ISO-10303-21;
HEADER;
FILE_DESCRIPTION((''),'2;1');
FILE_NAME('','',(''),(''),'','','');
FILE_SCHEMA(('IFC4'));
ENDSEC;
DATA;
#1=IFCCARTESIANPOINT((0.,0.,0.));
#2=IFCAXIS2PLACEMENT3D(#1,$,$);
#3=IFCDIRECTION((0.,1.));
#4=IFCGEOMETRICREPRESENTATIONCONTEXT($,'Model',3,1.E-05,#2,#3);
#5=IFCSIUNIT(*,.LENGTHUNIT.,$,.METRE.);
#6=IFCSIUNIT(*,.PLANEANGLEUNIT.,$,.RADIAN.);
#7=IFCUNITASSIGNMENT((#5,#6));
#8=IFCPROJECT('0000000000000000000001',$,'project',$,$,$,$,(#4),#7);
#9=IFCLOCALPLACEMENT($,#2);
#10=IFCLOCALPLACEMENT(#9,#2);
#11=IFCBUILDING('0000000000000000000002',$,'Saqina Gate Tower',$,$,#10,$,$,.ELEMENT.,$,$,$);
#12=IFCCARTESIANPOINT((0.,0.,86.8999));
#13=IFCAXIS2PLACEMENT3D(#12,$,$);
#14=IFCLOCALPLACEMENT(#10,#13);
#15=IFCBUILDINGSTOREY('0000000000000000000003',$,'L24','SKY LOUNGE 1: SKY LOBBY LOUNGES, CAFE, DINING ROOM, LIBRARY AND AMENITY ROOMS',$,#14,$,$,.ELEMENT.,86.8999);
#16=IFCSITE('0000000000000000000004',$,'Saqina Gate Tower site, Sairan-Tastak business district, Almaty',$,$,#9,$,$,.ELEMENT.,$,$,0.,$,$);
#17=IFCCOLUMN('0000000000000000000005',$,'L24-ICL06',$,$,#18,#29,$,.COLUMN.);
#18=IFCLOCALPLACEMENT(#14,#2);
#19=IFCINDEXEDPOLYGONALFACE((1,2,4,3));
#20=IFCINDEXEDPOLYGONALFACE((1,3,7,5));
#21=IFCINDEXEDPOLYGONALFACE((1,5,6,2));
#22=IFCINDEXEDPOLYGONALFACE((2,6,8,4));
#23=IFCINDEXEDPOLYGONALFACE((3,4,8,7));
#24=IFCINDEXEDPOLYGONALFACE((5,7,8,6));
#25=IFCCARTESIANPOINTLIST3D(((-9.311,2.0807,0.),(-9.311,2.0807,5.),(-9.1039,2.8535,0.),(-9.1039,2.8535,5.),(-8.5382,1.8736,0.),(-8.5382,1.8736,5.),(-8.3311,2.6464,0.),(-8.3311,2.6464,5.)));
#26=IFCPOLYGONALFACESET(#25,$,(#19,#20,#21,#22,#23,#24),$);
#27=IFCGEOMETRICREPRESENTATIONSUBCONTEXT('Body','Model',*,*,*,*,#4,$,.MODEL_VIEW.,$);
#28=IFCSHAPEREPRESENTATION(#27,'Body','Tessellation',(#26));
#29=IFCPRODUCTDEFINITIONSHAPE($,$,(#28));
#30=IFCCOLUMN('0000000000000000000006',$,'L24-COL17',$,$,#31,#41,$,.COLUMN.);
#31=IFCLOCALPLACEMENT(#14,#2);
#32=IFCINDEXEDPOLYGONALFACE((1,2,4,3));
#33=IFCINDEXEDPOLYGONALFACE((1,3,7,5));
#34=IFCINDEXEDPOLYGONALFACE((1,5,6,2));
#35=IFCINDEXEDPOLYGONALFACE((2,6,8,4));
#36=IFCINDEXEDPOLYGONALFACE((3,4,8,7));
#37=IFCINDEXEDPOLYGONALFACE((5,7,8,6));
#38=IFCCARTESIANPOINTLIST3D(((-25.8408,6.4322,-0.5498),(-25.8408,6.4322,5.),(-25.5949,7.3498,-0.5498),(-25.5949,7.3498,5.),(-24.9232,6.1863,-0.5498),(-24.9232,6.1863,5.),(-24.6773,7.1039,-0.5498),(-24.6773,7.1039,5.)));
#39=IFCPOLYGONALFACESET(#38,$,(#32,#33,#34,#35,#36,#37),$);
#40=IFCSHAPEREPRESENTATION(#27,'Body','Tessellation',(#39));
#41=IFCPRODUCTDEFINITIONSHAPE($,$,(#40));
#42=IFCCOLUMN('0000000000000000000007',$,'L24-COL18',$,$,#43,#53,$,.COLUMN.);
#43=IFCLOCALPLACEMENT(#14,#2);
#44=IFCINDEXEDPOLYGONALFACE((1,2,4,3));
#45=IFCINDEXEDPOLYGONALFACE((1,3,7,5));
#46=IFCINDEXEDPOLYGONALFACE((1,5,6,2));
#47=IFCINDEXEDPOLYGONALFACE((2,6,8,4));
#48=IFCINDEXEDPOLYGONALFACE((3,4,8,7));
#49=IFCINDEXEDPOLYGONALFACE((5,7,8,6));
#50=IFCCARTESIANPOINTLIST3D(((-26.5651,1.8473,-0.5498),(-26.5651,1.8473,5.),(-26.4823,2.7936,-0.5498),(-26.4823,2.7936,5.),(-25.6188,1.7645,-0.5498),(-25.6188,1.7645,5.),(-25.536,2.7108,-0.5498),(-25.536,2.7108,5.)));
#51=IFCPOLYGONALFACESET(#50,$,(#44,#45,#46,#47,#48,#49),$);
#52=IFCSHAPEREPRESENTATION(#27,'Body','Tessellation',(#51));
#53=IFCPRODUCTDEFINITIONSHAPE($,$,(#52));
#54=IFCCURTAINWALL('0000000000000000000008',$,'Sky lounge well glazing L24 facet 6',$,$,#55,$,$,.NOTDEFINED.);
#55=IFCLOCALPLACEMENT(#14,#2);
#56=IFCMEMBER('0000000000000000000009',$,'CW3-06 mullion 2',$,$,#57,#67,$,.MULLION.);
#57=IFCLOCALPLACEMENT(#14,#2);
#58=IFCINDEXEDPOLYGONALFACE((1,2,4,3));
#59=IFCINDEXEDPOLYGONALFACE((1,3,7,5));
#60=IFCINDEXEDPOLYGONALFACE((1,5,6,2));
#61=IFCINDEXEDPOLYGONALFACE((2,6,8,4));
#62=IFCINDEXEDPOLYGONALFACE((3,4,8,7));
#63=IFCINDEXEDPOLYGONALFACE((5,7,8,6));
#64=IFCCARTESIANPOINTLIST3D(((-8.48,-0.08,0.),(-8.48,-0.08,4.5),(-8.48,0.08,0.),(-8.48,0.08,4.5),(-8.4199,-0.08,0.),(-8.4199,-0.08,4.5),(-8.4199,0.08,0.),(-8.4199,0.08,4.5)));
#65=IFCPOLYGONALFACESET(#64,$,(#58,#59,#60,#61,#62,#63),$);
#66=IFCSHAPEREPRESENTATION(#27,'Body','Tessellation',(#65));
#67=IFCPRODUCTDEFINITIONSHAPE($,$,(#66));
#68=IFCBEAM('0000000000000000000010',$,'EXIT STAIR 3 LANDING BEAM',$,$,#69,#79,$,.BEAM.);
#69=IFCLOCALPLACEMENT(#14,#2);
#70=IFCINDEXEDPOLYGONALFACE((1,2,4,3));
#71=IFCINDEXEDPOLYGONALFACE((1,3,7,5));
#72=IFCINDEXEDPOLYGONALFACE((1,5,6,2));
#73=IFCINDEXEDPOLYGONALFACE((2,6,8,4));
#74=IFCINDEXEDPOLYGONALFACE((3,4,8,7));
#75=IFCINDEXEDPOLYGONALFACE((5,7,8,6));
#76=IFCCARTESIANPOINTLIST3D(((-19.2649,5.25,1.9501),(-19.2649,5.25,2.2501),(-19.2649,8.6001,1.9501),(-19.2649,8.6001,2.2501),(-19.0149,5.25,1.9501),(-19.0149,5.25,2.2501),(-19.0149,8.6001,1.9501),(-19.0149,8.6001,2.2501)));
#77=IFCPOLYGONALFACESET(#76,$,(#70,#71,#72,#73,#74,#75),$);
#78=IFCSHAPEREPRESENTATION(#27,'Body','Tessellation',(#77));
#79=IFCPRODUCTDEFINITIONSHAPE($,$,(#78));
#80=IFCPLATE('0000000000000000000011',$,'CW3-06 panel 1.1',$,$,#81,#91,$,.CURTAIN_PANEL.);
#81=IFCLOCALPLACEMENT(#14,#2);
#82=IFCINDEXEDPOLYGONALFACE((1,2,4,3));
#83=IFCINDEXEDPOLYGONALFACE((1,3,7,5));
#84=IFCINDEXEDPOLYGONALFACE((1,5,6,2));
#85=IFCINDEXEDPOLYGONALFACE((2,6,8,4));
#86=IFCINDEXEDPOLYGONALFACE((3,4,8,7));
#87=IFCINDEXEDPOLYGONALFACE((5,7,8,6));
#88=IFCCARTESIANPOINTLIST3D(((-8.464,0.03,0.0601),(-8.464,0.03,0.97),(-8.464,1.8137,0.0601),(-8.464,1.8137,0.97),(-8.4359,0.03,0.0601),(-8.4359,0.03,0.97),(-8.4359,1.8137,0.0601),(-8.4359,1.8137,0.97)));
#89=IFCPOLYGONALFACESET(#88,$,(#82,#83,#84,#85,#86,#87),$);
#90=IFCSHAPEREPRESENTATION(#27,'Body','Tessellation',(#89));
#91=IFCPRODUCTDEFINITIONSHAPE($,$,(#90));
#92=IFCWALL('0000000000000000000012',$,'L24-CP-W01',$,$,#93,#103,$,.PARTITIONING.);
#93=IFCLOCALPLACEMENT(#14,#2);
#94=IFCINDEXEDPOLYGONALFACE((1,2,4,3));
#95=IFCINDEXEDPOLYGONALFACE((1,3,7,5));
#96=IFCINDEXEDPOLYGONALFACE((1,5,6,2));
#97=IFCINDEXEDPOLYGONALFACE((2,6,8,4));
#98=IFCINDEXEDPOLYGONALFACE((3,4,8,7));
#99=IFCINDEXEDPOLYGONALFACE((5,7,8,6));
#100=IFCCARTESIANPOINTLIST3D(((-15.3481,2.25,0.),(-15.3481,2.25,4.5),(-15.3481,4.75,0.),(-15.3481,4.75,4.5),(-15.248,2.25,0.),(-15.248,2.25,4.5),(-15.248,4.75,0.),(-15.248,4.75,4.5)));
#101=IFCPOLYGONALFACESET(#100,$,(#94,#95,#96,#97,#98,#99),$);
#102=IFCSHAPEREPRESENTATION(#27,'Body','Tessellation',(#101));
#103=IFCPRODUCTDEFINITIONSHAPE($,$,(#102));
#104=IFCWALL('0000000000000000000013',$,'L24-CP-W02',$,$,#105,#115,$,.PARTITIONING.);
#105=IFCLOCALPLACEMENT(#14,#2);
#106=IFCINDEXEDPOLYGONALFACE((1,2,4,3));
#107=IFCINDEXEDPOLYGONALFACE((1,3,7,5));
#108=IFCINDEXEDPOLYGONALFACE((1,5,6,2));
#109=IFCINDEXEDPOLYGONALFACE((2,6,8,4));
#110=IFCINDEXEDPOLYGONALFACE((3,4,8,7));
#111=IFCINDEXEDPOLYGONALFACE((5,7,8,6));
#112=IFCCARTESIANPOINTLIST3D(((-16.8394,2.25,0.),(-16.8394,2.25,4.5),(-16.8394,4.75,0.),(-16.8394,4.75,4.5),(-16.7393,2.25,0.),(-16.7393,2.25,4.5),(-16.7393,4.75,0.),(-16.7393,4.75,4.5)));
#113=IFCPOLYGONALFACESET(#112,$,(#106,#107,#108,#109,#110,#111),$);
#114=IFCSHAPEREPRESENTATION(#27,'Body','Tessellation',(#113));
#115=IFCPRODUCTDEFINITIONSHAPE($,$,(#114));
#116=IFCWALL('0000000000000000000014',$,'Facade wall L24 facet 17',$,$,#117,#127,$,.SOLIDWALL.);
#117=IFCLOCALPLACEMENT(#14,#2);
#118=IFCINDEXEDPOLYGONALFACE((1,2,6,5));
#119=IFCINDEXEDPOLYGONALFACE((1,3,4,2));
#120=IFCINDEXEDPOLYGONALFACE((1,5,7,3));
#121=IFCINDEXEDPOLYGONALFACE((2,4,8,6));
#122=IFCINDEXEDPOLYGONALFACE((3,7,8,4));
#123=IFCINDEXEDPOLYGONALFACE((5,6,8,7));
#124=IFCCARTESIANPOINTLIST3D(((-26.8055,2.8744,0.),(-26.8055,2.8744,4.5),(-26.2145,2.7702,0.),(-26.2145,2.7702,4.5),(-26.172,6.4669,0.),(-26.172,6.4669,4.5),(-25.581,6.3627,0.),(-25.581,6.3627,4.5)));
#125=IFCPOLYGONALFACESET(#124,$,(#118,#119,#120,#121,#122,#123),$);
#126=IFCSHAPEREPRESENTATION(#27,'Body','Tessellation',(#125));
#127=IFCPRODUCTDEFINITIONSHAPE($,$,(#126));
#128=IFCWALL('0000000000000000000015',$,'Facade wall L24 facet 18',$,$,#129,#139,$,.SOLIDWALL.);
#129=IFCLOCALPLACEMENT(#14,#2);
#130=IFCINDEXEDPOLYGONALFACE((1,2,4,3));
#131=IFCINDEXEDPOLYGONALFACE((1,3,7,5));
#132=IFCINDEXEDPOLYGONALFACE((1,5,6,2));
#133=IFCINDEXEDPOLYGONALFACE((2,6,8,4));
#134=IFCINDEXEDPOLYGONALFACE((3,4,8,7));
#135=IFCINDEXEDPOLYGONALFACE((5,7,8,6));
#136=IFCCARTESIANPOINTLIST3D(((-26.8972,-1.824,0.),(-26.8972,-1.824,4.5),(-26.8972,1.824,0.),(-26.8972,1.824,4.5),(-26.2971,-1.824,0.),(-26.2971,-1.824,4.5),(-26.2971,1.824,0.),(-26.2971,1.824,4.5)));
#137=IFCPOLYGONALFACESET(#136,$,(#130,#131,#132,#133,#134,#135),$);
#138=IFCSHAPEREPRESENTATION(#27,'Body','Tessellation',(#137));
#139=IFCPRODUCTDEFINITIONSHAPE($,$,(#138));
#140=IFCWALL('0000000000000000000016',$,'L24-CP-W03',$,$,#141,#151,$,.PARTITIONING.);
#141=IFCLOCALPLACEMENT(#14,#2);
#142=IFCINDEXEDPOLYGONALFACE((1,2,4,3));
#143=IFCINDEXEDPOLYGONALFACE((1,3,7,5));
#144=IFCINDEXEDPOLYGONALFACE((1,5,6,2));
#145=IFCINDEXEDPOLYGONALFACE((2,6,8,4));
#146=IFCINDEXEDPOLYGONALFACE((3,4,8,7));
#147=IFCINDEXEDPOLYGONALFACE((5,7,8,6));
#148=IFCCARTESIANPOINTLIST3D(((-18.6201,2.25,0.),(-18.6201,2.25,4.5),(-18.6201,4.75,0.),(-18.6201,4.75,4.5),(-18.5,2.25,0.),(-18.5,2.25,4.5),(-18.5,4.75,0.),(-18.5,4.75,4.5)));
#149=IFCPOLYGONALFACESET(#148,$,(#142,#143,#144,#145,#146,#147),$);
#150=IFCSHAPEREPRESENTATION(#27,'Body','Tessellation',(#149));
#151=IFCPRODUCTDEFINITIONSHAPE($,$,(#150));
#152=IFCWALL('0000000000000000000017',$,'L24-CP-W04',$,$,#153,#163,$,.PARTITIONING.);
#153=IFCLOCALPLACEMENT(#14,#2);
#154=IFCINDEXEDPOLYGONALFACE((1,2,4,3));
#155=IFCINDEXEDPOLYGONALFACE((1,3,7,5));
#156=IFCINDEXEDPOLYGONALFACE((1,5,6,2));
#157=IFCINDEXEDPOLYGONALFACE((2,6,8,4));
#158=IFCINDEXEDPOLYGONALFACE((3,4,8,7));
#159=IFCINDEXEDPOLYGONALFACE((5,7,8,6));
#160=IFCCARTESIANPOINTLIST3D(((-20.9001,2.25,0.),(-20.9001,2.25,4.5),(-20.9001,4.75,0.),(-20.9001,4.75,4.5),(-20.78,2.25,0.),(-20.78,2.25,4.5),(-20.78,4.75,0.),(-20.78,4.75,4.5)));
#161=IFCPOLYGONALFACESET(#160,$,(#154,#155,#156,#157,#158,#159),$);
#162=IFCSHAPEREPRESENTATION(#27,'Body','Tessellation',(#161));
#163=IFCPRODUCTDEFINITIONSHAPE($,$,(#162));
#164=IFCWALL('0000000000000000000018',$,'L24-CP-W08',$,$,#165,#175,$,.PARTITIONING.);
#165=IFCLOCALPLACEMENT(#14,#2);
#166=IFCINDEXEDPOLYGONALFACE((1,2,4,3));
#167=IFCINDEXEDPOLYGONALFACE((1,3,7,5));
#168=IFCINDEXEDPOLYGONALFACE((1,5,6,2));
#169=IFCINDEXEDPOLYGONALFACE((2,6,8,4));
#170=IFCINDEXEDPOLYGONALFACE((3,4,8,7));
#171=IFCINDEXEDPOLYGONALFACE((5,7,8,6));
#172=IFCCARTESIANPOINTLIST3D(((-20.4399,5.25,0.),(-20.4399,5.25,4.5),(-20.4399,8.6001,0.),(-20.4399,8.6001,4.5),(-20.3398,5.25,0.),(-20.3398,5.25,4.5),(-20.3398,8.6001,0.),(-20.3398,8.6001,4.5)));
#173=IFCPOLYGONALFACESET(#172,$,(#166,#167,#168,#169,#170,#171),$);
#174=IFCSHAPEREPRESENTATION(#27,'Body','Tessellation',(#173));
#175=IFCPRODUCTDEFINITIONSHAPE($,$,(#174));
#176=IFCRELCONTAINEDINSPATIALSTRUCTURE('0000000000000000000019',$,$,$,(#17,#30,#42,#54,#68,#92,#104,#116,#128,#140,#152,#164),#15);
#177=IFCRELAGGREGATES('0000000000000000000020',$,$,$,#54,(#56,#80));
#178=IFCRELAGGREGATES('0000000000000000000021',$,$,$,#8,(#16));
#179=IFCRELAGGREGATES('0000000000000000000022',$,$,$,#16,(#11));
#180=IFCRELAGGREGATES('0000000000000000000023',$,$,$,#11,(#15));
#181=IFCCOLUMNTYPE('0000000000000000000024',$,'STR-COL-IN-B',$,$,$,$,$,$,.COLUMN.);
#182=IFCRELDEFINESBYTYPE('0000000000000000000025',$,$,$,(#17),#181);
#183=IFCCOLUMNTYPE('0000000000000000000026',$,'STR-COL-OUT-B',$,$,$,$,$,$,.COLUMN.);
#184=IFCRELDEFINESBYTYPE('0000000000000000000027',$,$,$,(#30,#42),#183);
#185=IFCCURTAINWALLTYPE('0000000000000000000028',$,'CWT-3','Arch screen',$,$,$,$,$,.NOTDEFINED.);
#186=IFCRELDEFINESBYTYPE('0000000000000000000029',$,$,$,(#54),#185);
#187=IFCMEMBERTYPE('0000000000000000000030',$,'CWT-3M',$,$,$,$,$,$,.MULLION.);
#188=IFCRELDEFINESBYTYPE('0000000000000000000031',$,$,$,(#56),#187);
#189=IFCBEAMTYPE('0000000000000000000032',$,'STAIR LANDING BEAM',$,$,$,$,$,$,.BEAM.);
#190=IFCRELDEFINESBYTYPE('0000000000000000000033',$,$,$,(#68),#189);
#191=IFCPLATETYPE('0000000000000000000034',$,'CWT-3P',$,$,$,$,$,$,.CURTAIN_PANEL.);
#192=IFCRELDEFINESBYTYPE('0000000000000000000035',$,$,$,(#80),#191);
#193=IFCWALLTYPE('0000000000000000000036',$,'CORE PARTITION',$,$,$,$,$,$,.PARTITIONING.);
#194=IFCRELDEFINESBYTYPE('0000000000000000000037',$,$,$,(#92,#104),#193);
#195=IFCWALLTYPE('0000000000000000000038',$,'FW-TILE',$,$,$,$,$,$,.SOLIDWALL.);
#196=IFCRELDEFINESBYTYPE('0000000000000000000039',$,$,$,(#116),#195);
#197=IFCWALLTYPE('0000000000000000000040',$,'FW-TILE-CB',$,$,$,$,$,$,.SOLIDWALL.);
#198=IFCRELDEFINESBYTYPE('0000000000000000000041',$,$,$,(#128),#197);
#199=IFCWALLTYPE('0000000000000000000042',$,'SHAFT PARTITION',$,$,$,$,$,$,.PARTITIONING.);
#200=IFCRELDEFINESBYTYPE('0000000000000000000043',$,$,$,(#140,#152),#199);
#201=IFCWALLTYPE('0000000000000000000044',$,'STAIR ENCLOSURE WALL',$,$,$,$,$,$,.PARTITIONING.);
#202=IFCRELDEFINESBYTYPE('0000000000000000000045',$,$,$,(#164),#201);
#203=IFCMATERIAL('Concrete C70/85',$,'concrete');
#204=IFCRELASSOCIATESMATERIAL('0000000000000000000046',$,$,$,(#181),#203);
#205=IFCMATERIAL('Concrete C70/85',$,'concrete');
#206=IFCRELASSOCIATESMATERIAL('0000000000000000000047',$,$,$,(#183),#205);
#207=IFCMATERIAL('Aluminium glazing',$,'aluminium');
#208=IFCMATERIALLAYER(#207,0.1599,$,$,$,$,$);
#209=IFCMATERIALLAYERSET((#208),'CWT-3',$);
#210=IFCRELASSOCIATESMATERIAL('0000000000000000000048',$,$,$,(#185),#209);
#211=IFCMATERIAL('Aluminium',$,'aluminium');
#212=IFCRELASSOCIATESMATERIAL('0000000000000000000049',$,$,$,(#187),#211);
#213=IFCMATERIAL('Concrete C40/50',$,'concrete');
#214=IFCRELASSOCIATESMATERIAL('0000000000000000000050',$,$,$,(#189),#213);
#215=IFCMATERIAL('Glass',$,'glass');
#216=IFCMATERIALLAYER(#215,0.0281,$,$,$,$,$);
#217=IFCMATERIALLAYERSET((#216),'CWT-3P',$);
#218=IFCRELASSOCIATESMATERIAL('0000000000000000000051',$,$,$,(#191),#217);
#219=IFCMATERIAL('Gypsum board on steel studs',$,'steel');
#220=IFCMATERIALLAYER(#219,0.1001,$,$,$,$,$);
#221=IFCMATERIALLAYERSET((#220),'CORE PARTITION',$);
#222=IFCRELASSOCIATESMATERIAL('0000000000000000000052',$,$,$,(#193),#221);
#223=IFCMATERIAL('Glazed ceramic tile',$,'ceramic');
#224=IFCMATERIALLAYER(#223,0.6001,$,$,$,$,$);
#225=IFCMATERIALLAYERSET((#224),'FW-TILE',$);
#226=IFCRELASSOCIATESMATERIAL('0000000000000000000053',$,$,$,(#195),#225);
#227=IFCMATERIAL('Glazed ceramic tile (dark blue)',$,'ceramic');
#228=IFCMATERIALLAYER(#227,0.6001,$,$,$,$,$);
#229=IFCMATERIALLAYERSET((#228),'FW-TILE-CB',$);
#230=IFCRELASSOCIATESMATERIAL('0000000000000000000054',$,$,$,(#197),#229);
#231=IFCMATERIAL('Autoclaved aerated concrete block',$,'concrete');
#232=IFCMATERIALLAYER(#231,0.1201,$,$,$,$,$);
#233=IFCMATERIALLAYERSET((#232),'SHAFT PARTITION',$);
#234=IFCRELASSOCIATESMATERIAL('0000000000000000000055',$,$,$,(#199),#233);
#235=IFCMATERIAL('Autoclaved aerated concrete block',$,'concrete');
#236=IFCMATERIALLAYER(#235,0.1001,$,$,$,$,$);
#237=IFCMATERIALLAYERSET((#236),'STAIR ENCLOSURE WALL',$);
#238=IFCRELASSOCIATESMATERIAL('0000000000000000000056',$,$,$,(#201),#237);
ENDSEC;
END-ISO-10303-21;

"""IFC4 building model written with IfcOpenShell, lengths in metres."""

from ifc_helpers import new_model, si_unit, direction, frame, frame_2d, origin, origin_2d, place, context, subcontext, project, spatial, rectangle, extrude, material, layer, layer_set, material_profile, profile_set, type_object, element, aggregate, save


model = new_model("IFC4")

# Units and contexts
model_context = context("Model", 3, precision=1e-05, world=origin(), true_north=direction((0.0, 1.0)))
body_context = subcontext(model_context, "Body", "Model", "MODEL_VIEW")
ifc_project = project(units=[si_unit("LENGTHUNIT", "METRE"), si_unit("PLANEANGLEUNIT", "RADIAN")], contexts=[model_context])

# Site, building, storey
site_placement = place(None, origin())
site = spatial("IfcSite", under=ifc_project, at=site_placement, Name="Saqina Gate Tower site, Sairan-Tastak business district, Almaty", CompositionType="ELEMENT", RefElevation=0.0)
building_placement = place(site_placement, origin())
building = spatial("IfcBuilding", under=site, at=building_placement, Name="Saqina Gate Tower", CompositionType="ELEMENT")
storey_placement = place(building_placement, frame((0.0, 0.0, 86.8999)))
storey = spatial("IfcBuildingStorey", under=building, at=storey_placement, Name="L24", Description="SKY LOUNGE 1: SKY LOBBY LOUNGES, CAFE, DINING ROOM, LIBRARY AND AMENITY ROOMS", CompositionType="ELEMENT", Elevation=86.8999)

# Columns
ifc_material_1 = material(Name="Concrete C70/85", Category="concrete")
ifc_material_profile_1 = material_profile(ifc_material_1, rectangle(XDim=0.8, YDim=0.8, at=origin_2d()), Name="RC 800x800")
ifc_profile_set_1 = profile_set([ifc_material_profile_1], Name="Concrete C70/85")
column_type_1 = type_object("IfcColumnType", Name="STR-COL-IN-B", PredefinedType="COLUMN", material=ifc_profile_set_1)
column_placement = place(storey_placement, frame((-8.821, 2.3635, 0.0), z_axis=(0.0, 0.0, 1.0), x_axis=(-0.965926, 0.258819, 0.0)))
element("IfcColumn", 1, at=column_placement, inside=storey, type_object=column_type_1, Name="L24-ICL06", PredefinedType="COLUMN", context=body_context, shape_type="SweptSolid", body=[
    extrude(rectangle(XDim=0.8, YDim=0.8, at=origin_2d()), origin(), (0.0, 0.0, 1.0), 5.0),
])
ifc_material_2 = material(Name="Concrete C70/85", Category="concrete")
ifc_material_profile_2 = material_profile(ifc_material_2, rectangle(XDim=0.95, YDim=0.95, at=origin_2d()), Name="RC 950x950")
ifc_profile_set_2 = profile_set([ifc_material_profile_2], Name="Concrete C70/85")
column_type_2 = type_object("IfcColumnType", Name="STR-COL-OUT-B", PredefinedType="COLUMN", material=ifc_profile_set_2)
for number, where, z_axis, x_axis, name in (
    (2, (-25.259, 6.7681, -0.5498), (0.0, 0.0, 1.0), (-0.965926, 0.258819, 0.0), "L24-COL17"),
    (3, (-26.0505, 2.2791, -0.5498), (0.0, 0.0, 1.0), (-0.996195, 0.087156, 0.0), "L24-COL18"),
):
    element("IfcColumn", number, at=place(storey_placement, frame(where, z_axis=z_axis, x_axis=x_axis)), inside=storey, type_object=column_type_2, Name=name, PredefinedType="COLUMN", context=body_context, shape_type="SweptSolid", body=[
        extrude(rectangle(XDim=0.95, YDim=0.95, at=origin_2d()), origin(), (0.0, 0.0, 1.0), 5.5498),
    ])

# Curtain wall, member
ifc_material_3 = material(Name="Aluminium glazing", Category="aluminium")
ifc_layer_1 = layer(ifc_material_3, 0.1599)
ifc_layer_set_1 = layer_set([ifc_layer_1], Name="CWT-3")
curtain_wall_type = type_object("IfcCurtainWallType", Name="CWT-3", Description="Arch screen", PredefinedType="NOTDEFINED", material=ifc_layer_set_1)
curtain_wall_placement = place(storey_placement, origin())
curtain_wall = element("IfcCurtainWall", 4, at=curtain_wall_placement, inside=storey, type_object=curtain_wall_type, Name="Sky lounge well glazing L24 facet 6", PredefinedType="NOTDEFINED")
ifc_material_4 = material(Name="Aluminium", Category="aluminium")
ifc_material_profile_3 = material_profile(ifc_material_4, rectangle(XDim=0.0601, YDim=0.1599, at=origin_2d()), Name="Aluminium 60x160")
ifc_profile_set_3 = profile_set([ifc_material_profile_3], Name="Aluminium")
member_type = type_object("IfcMemberType", Name="CWT-3M", PredefinedType="MULLION", material=ifc_profile_set_3)
member_placement = place(storey_placement, frame((-8.45, 0.0, 0.0), z_axis=(0.0, 0.0, 1.0), x_axis=(1.0, 0.0, 0.0)))
member = element("IfcMember", 5, at=member_placement, type_object=member_type, Name="CW3-06 mullion 2", PredefinedType="MULLION", context=body_context, shape_type="SweptSolid", body=[
    extrude(rectangle(XDim=0.0601, YDim=0.1599, at=origin_2d()), origin(), (0.0, 0.0, 1.0), 4.5),
])

# Beam
ifc_material_5 = material(Name="Concrete C40/50", Category="concrete")
ifc_material_profile_4 = material_profile(ifc_material_5, rectangle(XDim=0.25, YDim=0.3, at=origin_2d()), Name="STAIR LANDING BEAM")
ifc_profile_set_4 = profile_set([ifc_material_profile_4], Name="Concrete C40/50")
beam_type = type_object("IfcBeamType", Name="STAIR LANDING BEAM", PredefinedType="BEAM", material=ifc_profile_set_4)
beam_placement = place(storey_placement, frame((-19.1399, 5.25, 2.1001), z_axis=(0.0, 1.0, 0.0), x_axis=(-1.0, 0.0, 0.0)))
element("IfcBeam", 6, at=beam_placement, inside=storey, type_object=beam_type, Name="EXIT STAIR 3 LANDING BEAM", PredefinedType="BEAM", context=body_context, shape_type="SweptSolid", body=[
    extrude(rectangle(XDim=0.25, YDim=0.3, at=origin_2d()), origin(), (0.0, 0.0, 1.0), 3.3501),
])

# Plate
ifc_material_6 = material(Name="Glass", Category="glass")
ifc_layer_2 = layer(ifc_material_6, 0.0281)
ifc_layer_set_2 = layer_set([ifc_layer_2], Name="CWT-3P")
plate_type = type_object("IfcPlateType", Name="CWT-3P", PredefinedType="CURTAIN_PANEL", material=ifc_layer_set_2)
plate_placement = place(storey_placement, frame((-8.45, 0.9219, 0.0601), z_axis=(0.0, 0.0, 1.0), x_axis=(0.0, -1.0, 0.0)))
plate = element("IfcPlate", 7, at=plate_placement, type_object=plate_type, Name="CW3-06 panel 1.1", PredefinedType="CURTAIN_PANEL", context=body_context, shape_type="SweptSolid", body=[
    extrude(rectangle(XDim=1.7837, YDim=0.0281, at=origin_2d()), origin(), (0.0, 0.0, 1.0), 0.9099),
])
aggregate(curtain_wall, [member, plate])

# Walls
ifc_material_7 = material(Name="Gypsum board on steel studs", Category="steel")
ifc_layer_3 = layer(ifc_material_7, 0.1001)
ifc_layer_set_3 = layer_set([ifc_layer_3], Name="CORE PARTITION")
wall_type_1 = type_object("IfcWallType", Name="CORE PARTITION", PredefinedType="PARTITIONING", material=ifc_layer_set_3)
for number, where, z_axis, x_axis, name in (
    (8, (-15.2981, 2.25, 0.0), (0.0, 0.0, 1.0), (0.0, 1.0, 0.0), "L24-CP-W01"),
    (9, (-16.7893, 2.25, 0.0), (0.0, 0.0, 1.0), (0.0, 1.0, 0.0), "L24-CP-W02"),
):
    element("IfcWall", number, at=place(storey_placement, frame(where, z_axis=z_axis, x_axis=x_axis)), inside=storey, type_object=wall_type_1, Name=name, PredefinedType="PARTITIONING", context=body_context, shape_type="SweptSolid", body=[
        extrude(rectangle(XDim=2.5, YDim=0.1001, at=frame_2d((1.25, 0.0))), origin(), (0.0, 0.0, 1.0), 4.5),
    ])
ifc_material_8 = material(Name="Glazed ceramic tile", Category="ceramic")
ifc_layer_4 = layer(ifc_material_8, 0.6001)
ifc_layer_set_4 = layer_set([ifc_layer_4], Name="FW-TILE")
wall_type_2 = type_object("IfcWallType", Name="FW-TILE", PredefinedType="SOLIDWALL", material=ifc_layer_set_4)
wall_1_placement = place(storey_placement, frame((-25.8765, 6.4148, 0.0), z_axis=(0.0, 0.0, 1.0), x_axis=(-0.173671, -0.984804, 0.0)))
element("IfcWall", 10, at=wall_1_placement, inside=storey, type_object=wall_type_2, Name="Facade wall L24 facet 17", PredefinedType="SOLIDWALL", context=body_context, shape_type="SweptSolid", body=[
    extrude(rectangle(XDim=3.6479, YDim=0.6001, at=frame_2d((1.824, 0.0))), origin(), (0.0, 0.0, 1.0), 4.5),
])
ifc_material_9 = material(Name="Glazed ceramic tile (dark blue)", Category="ceramic")
ifc_layer_5 = layer(ifc_material_9, 0.6001)
ifc_layer_set_5 = layer_set([ifc_layer_5], Name="FW-TILE-CB")
wall_type_3 = type_object("IfcWallType", Name="FW-TILE-CB", PredefinedType="SOLIDWALL", material=ifc_layer_set_5)
wall_2_placement = place(storey_placement, frame((-26.5972, 1.824, 0.0), z_axis=(0.0, 0.0, 1.0), x_axis=(0.0, -1.0, 0.0)))
element("IfcWall", 11, at=wall_2_placement, inside=storey, type_object=wall_type_3, Name="Facade wall L24 facet 18", PredefinedType="SOLIDWALL", context=body_context, shape_type="SweptSolid", body=[
    extrude(rectangle(XDim=3.6479, YDim=0.6001, at=frame_2d((1.824, 0.0))), origin(), (0.0, 0.0, 1.0), 4.5),
])
ifc_material_10 = material(Name="Autoclaved aerated concrete block", Category="concrete")
ifc_layer_6 = layer(ifc_material_10, 0.1201)
ifc_layer_set_6 = layer_set([ifc_layer_6], Name="SHAFT PARTITION")
wall_type_4 = type_object("IfcWallType", Name="SHAFT PARTITION", PredefinedType="PARTITIONING", material=ifc_layer_set_6)
for number, where, z_axis, x_axis, name in (
    (12, (-18.5601, 2.25, 0.0), (0.0, 0.0, 1.0), (0.0, 1.0, 0.0), "L24-CP-W03"),
    (13, (-20.8401, 2.25, 0.0), (0.0, 0.0, 1.0), (0.0, 1.0, 0.0), "L24-CP-W04"),
):
    element("IfcWall", number, at=place(storey_placement, frame(where, z_axis=z_axis, x_axis=x_axis)), inside=storey, type_object=wall_type_4, Name=name, PredefinedType="PARTITIONING", context=body_context, shape_type="SweptSolid", body=[
        extrude(rectangle(XDim=2.5, YDim=0.1201, at=frame_2d((1.25, 0.0))), origin(), (0.0, 0.0, 1.0), 4.5),
    ])
ifc_material_11 = material(Name="Autoclaved aerated concrete block", Category="concrete")
ifc_layer_7 = layer(ifc_material_11, 0.1001)
ifc_layer_set_7 = layer_set([ifc_layer_7], Name="STAIR ENCLOSURE WALL")
wall_type_5 = type_object("IfcWallType", Name="STAIR ENCLOSURE WALL", PredefinedType="PARTITIONING", material=ifc_layer_set_7)
wall_3_placement = place(storey_placement, frame((-20.3899, 5.25, 0.0), z_axis=(0.0, 0.0, 1.0), x_axis=(0.0, 1.0, 0.0)))
element("IfcWall", 14, at=wall_3_placement, inside=storey, type_object=wall_type_5, Name="L24-CP-W08", PredefinedType="PARTITIONING", context=body_context, shape_type="SweptSolid", body=[
    extrude(rectangle(XDim=3.3501, YDim=0.1001, at=frame_2d((1.675, 0.0))), origin(), (0.0, 0.0, 1.0), 4.5),
])

save(model, "model.ifc")
